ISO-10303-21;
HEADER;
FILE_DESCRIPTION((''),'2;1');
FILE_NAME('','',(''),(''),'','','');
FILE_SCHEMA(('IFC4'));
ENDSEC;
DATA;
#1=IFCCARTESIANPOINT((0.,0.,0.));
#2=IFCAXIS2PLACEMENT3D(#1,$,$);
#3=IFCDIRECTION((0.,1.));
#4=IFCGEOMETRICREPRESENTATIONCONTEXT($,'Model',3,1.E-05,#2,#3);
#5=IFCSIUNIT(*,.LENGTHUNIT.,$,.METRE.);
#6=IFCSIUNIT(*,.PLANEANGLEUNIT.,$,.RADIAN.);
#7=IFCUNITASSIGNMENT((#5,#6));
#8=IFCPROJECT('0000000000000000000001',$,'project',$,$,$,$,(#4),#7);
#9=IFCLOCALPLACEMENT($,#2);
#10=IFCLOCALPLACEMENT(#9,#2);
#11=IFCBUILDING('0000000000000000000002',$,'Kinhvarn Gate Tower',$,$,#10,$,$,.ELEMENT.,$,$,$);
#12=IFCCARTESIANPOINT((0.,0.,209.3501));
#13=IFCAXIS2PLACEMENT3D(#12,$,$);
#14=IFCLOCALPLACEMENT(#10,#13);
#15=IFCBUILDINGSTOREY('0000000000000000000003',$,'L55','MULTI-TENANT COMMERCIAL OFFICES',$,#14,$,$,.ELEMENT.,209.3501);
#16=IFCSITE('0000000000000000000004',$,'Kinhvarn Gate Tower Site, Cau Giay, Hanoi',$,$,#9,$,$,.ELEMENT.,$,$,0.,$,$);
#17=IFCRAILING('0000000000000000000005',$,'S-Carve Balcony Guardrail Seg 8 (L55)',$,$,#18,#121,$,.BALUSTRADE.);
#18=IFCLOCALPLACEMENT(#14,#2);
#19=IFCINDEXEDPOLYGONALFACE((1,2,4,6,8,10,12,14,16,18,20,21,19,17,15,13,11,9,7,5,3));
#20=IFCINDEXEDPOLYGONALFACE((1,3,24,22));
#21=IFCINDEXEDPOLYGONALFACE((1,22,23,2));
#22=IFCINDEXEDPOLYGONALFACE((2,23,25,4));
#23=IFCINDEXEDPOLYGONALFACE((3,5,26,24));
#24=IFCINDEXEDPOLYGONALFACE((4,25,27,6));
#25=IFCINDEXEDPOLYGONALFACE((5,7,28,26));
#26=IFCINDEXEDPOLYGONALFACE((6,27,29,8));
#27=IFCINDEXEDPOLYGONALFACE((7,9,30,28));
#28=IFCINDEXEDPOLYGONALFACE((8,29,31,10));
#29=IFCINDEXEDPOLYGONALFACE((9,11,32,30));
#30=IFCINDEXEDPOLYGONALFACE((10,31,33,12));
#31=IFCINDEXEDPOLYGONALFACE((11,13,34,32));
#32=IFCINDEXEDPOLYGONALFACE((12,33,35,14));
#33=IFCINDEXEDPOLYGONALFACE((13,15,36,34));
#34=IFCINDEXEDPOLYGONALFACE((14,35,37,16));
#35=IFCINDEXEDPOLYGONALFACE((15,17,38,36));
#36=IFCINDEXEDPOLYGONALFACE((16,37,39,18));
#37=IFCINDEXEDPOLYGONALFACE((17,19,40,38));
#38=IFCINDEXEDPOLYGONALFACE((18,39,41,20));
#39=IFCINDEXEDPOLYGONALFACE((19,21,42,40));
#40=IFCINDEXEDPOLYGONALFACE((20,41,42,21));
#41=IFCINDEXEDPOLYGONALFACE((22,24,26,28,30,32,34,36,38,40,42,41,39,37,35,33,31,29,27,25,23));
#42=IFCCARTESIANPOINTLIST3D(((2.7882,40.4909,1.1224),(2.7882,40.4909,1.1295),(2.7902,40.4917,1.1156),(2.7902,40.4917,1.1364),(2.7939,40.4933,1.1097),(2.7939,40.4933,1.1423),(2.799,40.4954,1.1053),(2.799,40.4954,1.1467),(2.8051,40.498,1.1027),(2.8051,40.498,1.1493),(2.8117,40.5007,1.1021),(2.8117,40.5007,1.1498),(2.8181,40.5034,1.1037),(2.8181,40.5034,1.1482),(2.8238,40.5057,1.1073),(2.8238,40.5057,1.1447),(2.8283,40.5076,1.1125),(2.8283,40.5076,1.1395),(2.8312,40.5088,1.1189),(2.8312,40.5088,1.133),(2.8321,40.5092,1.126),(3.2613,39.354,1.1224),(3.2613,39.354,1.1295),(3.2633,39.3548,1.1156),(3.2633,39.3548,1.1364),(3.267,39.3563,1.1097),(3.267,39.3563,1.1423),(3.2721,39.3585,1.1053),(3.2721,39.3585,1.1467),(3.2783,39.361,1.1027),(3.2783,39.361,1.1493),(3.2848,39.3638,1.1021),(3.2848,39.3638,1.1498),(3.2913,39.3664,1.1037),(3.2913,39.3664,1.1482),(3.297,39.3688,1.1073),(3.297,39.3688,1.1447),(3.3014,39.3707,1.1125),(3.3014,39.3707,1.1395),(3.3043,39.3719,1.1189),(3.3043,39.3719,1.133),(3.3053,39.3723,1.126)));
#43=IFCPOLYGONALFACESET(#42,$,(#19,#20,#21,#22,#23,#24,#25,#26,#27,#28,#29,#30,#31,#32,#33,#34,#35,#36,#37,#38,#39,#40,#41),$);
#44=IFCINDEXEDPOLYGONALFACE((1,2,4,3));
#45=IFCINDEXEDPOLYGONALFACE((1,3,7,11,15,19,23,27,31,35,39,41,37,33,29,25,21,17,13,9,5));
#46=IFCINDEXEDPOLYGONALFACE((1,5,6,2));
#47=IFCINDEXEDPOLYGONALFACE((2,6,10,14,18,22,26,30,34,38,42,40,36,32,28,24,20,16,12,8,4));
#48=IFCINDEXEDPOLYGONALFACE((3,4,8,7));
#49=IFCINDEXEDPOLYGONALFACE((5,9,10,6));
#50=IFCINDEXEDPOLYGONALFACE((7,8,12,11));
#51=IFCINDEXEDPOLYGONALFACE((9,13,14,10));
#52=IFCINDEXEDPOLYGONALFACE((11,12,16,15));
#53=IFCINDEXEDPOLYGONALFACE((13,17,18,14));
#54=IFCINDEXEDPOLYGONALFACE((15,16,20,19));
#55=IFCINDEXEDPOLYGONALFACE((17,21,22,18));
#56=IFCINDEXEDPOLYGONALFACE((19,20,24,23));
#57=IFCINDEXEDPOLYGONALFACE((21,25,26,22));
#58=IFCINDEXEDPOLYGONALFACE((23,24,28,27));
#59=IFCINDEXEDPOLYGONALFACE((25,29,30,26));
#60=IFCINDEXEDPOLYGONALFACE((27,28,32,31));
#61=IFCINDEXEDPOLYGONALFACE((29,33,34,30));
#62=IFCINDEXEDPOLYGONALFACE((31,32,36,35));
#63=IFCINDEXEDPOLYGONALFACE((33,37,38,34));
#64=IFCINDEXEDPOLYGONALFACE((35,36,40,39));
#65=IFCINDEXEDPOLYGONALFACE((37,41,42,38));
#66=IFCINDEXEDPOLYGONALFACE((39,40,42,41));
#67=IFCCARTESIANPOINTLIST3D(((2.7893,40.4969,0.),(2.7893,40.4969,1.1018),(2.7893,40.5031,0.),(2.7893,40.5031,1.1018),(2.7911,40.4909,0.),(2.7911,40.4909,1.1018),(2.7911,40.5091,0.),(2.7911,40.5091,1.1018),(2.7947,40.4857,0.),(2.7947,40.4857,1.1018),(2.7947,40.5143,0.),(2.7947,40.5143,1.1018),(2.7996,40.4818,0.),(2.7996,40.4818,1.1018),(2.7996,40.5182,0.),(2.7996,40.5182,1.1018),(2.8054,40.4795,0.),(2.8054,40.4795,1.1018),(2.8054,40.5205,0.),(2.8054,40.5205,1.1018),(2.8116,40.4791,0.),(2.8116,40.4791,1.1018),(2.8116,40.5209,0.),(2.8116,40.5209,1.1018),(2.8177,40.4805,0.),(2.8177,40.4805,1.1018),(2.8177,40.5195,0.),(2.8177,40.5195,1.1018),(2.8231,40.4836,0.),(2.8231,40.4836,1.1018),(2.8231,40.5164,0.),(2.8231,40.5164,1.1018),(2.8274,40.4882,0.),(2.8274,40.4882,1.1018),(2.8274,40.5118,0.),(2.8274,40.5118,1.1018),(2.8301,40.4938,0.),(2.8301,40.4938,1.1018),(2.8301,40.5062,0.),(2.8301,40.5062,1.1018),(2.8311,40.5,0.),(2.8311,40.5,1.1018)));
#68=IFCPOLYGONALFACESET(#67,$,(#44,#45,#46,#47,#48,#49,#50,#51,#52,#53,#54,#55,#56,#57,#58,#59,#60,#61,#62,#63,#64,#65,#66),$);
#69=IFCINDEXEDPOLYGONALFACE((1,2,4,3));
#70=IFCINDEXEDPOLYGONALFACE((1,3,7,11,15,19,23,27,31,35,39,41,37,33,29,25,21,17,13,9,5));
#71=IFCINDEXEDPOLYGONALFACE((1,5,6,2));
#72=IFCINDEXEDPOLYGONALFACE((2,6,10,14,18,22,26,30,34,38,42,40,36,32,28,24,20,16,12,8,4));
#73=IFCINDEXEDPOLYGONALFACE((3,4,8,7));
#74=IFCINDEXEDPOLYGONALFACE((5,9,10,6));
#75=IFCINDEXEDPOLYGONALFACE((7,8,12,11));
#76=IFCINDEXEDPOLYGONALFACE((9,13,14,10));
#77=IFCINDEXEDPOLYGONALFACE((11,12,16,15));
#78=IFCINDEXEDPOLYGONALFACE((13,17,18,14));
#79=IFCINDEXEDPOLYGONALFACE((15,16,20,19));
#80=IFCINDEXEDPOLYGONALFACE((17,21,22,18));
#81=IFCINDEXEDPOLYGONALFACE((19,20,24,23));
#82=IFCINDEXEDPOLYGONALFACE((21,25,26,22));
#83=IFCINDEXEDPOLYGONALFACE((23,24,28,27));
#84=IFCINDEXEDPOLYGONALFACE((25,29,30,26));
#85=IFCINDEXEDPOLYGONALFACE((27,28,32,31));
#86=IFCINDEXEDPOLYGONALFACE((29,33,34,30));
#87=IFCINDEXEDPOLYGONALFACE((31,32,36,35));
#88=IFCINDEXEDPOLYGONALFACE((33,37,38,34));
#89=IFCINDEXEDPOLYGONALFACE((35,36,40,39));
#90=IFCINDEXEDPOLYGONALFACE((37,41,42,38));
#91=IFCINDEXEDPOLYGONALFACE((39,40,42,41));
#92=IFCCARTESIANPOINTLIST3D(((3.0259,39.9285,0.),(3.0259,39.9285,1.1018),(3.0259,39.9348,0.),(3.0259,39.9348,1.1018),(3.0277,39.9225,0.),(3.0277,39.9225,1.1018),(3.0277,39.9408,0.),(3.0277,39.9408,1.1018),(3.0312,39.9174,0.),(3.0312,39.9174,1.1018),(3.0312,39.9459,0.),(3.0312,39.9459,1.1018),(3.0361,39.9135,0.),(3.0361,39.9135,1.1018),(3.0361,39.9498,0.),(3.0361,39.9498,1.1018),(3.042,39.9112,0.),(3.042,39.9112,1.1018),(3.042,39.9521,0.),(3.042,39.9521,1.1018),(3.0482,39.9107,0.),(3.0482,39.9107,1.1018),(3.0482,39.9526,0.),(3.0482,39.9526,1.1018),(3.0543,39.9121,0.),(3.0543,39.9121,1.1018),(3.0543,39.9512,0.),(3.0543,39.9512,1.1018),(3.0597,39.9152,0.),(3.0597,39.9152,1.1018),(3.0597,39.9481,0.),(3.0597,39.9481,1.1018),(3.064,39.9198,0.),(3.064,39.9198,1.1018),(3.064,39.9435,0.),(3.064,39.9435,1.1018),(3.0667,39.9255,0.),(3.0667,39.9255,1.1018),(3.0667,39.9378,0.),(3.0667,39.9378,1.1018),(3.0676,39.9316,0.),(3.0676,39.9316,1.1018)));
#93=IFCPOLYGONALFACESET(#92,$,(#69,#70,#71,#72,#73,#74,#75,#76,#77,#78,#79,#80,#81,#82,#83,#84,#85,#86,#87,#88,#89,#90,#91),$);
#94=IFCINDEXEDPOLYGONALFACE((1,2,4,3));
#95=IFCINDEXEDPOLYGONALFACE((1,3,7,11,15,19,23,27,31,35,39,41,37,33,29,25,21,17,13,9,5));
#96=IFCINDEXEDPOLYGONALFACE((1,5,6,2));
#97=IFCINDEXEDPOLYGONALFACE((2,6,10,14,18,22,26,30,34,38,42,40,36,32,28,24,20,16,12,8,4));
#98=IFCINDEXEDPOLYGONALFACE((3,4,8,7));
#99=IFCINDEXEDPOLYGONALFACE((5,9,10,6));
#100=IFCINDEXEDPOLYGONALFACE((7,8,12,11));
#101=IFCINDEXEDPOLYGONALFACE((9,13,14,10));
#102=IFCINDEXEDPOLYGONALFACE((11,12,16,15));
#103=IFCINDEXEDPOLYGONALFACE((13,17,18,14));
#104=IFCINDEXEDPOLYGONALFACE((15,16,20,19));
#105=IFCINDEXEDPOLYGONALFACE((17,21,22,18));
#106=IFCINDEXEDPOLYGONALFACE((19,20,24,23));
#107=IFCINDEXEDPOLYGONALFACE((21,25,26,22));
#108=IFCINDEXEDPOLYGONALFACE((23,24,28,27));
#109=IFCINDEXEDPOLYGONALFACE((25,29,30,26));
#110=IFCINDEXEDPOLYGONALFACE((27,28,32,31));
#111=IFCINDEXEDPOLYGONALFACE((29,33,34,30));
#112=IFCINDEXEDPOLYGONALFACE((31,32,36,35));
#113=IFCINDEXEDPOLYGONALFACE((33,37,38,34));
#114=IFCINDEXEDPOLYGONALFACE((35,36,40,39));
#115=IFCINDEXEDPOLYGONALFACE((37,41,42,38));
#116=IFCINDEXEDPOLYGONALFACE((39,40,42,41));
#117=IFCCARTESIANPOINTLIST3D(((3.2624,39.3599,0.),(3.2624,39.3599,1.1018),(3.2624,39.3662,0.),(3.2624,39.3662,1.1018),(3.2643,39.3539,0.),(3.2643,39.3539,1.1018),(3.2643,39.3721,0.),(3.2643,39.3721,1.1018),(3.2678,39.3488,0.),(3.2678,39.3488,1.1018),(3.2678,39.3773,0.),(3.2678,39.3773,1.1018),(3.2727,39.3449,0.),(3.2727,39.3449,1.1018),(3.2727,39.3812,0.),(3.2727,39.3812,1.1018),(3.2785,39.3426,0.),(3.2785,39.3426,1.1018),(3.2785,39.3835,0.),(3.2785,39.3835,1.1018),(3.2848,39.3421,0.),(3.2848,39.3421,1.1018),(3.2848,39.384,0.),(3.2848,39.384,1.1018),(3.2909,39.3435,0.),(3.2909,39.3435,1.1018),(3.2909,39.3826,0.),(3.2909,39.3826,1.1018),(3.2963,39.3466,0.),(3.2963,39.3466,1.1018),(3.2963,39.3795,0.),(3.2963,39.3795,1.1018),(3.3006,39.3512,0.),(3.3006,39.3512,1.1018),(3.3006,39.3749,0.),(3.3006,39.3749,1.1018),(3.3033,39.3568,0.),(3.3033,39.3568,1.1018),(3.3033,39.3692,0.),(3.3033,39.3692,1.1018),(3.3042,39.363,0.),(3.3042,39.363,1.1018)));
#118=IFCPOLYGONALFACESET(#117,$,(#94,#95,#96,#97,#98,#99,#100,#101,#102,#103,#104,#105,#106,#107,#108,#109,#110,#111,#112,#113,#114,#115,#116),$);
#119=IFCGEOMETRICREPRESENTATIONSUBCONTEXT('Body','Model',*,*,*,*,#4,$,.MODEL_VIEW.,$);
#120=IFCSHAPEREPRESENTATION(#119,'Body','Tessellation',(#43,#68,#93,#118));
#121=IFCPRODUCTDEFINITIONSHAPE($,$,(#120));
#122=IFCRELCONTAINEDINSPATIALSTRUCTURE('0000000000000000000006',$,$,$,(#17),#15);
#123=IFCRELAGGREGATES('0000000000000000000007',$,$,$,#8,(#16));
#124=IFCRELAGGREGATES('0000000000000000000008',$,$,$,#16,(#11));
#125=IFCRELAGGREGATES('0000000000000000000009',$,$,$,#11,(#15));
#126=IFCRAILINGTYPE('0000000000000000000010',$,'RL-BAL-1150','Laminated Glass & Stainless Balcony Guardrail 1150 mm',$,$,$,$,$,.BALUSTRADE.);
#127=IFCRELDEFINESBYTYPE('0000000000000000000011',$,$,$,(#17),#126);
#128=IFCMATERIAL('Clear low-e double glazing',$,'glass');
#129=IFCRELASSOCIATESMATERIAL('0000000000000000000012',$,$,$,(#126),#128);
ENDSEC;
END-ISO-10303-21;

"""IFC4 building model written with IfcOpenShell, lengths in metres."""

from ifc_helpers import new_model, si_unit, direction, frame, origin, origin_2d, place, context, subcontext, project, spatial, circle, extrude, material, type_object, element, save


model = new_model("IFC4")

# Units and contexts
model_context = context("Model", 3, precision=1e-05, world=origin(), true_north=direction((0.0, 1.0)))
body_context = subcontext(model_context, "Body", "Model", "MODEL_VIEW")
ifc_project = project(units=[si_unit("LENGTHUNIT", "METRE"), si_unit("PLANEANGLEUNIT", "RADIAN")], contexts=[model_context])

# Site, building, storey
site_placement = place(None, origin())
site = spatial("IfcSite", under=ifc_project, at=site_placement, Name="Kinhvarn Gate Tower Site, Cau Giay, Hanoi", CompositionType="ELEMENT", RefElevation=0.0)
building_placement = place(site_placement, origin())
building = spatial("IfcBuilding", under=site, at=building_placement, Name="Kinhvarn Gate Tower", CompositionType="ELEMENT")
storey_placement = place(building_placement, frame((0.0, 0.0, 209.3501)))
storey = spatial("IfcBuildingStorey", under=building, at=storey_placement, Name="L55", Description="MULTI-TENANT COMMERCIAL OFFICES", CompositionType="ELEMENT", Elevation=209.3501)

# Shared definitions
ifc_material_1 = material(Name="Clear low-e double glazing", Category="glass")

# Railing
railing_type_1 = type_object("IfcRailingType", Name="RL-BAL-1150", Description="Laminated Glass & Stainless Balcony Guardrail 1150 mm", PredefinedType="BALUSTRADE", material=ifc_material_1)
railing_1_placement = place(storey_placement, frame((2.8101, 40.5, 0.0)))
element("IfcRailing", 1, at=railing_1_placement, inside=storey, type_object=railing_type_1, Name="S-Carve Balcony Guardrail Seg 8 (L55)", PredefinedType="BALUSTRADE", context=body_context, shape_type="SweptSolid", body=[
    extrude(circle(Radius=0.0239, at=origin_2d()), frame((0.0, 0.0, 1.126), z_axis=(0.384207, -0.923247, 0.0), x_axis=(0.923247, 0.384207, 0.0)), (0.0, 0.0, 1.0), 1.2314),
    extrude(circle(Radius=0.021, at=origin_2d()), origin(), (0.0, 0.0, 1.0), 1.1018),
    extrude(circle(Radius=0.021, at=origin_2d()), frame((0.2366, -0.5684, 0.0)), (0.0, 0.0, 1.0), 1.1018),
    extrude(circle(Radius=0.021, at=origin_2d()), frame((0.4731, -1.137, 0.0)), (0.0, 0.0, 1.0), 1.1018),
])

save(model, "model.ifc")
